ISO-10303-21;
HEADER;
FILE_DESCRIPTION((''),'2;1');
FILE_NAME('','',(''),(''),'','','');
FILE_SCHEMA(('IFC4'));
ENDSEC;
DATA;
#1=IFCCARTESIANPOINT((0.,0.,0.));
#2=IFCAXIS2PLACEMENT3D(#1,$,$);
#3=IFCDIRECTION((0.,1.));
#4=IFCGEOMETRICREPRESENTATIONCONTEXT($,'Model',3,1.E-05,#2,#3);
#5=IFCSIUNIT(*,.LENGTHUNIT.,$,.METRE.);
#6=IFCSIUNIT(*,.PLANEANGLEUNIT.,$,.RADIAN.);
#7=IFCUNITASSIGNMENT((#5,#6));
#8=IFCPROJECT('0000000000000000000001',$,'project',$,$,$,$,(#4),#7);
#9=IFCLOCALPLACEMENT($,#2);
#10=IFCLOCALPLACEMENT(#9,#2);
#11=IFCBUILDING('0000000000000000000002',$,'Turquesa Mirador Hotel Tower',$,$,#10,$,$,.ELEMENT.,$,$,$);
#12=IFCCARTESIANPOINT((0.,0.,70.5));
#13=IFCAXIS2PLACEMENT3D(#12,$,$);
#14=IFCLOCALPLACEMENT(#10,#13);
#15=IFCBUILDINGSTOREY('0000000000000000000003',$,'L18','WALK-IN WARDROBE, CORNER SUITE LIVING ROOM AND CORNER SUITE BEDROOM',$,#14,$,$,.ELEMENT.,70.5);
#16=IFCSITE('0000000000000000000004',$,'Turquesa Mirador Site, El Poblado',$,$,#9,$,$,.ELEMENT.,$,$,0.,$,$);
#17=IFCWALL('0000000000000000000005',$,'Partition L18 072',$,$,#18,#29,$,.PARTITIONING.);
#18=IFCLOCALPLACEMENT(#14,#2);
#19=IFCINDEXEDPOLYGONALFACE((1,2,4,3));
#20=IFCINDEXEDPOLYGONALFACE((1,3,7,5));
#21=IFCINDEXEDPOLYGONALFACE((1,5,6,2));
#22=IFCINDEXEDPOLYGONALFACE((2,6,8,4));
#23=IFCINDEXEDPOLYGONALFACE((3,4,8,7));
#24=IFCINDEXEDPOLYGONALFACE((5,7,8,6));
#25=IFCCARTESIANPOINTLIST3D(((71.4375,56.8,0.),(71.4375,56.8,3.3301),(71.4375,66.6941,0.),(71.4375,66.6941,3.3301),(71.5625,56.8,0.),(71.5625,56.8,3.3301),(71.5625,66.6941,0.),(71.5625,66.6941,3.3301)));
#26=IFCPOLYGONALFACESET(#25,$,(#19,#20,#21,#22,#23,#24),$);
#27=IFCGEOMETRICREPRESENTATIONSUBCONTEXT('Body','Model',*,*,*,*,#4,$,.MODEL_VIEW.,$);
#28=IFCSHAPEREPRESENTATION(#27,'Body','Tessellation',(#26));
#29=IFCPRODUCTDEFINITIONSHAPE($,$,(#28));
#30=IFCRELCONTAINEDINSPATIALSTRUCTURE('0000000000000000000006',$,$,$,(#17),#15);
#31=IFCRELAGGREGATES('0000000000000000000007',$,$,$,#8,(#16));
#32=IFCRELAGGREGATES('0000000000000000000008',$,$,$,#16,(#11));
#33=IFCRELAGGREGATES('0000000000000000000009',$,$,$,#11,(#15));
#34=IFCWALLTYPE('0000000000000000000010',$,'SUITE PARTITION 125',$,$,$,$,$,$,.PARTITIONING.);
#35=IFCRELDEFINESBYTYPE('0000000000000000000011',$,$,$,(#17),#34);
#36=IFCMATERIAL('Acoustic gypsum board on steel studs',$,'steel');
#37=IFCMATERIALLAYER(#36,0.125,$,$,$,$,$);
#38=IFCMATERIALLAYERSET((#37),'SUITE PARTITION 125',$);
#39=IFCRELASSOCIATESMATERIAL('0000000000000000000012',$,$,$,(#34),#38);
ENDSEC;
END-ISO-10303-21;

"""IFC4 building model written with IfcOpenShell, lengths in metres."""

from ifc_helpers import new_model, si_unit, direction, frame, frame_2d, origin, place, context, subcontext, project, spatial, rectangle, extrude, material, layer, layer_set, type_object, element, save


model = new_model("IFC4")

# Units and contexts
model_context = context("Model", 3, precision=1e-05, world=origin(), true_north=direction((0.0, 1.0)))
body_context = subcontext(model_context, "Body", "Model", "MODEL_VIEW")
ifc_project = project(units=[si_unit("LENGTHUNIT", "METRE"), si_unit("PLANEANGLEUNIT", "RADIAN")], contexts=[model_context])

# Site, building, storey
site_placement = place(None, origin())
site = spatial("IfcSite", under=ifc_project, at=site_placement, Name="Turquesa Mirador Site, El Poblado", CompositionType="ELEMENT", RefElevation=0.0)
building_placement = place(site_placement, origin())
building = spatial("IfcBuilding", under=site, at=building_placement, Name="Turquesa Mirador Hotel Tower", CompositionType="ELEMENT")
storey_placement = place(building_placement, frame((0.0, 0.0, 70.5)))
storey = spatial("IfcBuildingStorey", under=building, at=storey_placement, Name="L18", Description="WALK-IN WARDROBE, CORNER SUITE LIVING ROOM AND CORNER SUITE BEDROOM", CompositionType="ELEMENT", Elevation=70.5)

# Shared definitions
ifc_material_1 = material(Name="Acoustic gypsum board on steel studs", Category="steel")
ifc_layer_1 = layer(ifc_material_1, 0.125)
ifc_layer_set_1 = layer_set([ifc_layer_1], Name="SUITE PARTITION 125")
wall_type_1 = type_object("IfcWallType", Name="SUITE PARTITION 125", PredefinedType="PARTITIONING", material=ifc_layer_set_1)

# Wall
wall_1_placement = place(storey_placement, frame((71.5, 56.8, 0.0), z_axis=(0.0, 0.0, 1.0), x_axis=(0.0, 1.0, 0.0)))
element("IfcWall", 1, at=wall_1_placement, inside=storey, type_object=wall_type_1, Name="Partition L18 072", PredefinedType="PARTITIONING", context=body_context, shape_type="SweptSolid", body=[
    extrude(rectangle(XDim=9.894, YDim=0.125, at=frame_2d((4.947, 0.0))), origin(), (0.0, 0.0, 1.0), 3.3301),
])

save(model, "model.ifc")
